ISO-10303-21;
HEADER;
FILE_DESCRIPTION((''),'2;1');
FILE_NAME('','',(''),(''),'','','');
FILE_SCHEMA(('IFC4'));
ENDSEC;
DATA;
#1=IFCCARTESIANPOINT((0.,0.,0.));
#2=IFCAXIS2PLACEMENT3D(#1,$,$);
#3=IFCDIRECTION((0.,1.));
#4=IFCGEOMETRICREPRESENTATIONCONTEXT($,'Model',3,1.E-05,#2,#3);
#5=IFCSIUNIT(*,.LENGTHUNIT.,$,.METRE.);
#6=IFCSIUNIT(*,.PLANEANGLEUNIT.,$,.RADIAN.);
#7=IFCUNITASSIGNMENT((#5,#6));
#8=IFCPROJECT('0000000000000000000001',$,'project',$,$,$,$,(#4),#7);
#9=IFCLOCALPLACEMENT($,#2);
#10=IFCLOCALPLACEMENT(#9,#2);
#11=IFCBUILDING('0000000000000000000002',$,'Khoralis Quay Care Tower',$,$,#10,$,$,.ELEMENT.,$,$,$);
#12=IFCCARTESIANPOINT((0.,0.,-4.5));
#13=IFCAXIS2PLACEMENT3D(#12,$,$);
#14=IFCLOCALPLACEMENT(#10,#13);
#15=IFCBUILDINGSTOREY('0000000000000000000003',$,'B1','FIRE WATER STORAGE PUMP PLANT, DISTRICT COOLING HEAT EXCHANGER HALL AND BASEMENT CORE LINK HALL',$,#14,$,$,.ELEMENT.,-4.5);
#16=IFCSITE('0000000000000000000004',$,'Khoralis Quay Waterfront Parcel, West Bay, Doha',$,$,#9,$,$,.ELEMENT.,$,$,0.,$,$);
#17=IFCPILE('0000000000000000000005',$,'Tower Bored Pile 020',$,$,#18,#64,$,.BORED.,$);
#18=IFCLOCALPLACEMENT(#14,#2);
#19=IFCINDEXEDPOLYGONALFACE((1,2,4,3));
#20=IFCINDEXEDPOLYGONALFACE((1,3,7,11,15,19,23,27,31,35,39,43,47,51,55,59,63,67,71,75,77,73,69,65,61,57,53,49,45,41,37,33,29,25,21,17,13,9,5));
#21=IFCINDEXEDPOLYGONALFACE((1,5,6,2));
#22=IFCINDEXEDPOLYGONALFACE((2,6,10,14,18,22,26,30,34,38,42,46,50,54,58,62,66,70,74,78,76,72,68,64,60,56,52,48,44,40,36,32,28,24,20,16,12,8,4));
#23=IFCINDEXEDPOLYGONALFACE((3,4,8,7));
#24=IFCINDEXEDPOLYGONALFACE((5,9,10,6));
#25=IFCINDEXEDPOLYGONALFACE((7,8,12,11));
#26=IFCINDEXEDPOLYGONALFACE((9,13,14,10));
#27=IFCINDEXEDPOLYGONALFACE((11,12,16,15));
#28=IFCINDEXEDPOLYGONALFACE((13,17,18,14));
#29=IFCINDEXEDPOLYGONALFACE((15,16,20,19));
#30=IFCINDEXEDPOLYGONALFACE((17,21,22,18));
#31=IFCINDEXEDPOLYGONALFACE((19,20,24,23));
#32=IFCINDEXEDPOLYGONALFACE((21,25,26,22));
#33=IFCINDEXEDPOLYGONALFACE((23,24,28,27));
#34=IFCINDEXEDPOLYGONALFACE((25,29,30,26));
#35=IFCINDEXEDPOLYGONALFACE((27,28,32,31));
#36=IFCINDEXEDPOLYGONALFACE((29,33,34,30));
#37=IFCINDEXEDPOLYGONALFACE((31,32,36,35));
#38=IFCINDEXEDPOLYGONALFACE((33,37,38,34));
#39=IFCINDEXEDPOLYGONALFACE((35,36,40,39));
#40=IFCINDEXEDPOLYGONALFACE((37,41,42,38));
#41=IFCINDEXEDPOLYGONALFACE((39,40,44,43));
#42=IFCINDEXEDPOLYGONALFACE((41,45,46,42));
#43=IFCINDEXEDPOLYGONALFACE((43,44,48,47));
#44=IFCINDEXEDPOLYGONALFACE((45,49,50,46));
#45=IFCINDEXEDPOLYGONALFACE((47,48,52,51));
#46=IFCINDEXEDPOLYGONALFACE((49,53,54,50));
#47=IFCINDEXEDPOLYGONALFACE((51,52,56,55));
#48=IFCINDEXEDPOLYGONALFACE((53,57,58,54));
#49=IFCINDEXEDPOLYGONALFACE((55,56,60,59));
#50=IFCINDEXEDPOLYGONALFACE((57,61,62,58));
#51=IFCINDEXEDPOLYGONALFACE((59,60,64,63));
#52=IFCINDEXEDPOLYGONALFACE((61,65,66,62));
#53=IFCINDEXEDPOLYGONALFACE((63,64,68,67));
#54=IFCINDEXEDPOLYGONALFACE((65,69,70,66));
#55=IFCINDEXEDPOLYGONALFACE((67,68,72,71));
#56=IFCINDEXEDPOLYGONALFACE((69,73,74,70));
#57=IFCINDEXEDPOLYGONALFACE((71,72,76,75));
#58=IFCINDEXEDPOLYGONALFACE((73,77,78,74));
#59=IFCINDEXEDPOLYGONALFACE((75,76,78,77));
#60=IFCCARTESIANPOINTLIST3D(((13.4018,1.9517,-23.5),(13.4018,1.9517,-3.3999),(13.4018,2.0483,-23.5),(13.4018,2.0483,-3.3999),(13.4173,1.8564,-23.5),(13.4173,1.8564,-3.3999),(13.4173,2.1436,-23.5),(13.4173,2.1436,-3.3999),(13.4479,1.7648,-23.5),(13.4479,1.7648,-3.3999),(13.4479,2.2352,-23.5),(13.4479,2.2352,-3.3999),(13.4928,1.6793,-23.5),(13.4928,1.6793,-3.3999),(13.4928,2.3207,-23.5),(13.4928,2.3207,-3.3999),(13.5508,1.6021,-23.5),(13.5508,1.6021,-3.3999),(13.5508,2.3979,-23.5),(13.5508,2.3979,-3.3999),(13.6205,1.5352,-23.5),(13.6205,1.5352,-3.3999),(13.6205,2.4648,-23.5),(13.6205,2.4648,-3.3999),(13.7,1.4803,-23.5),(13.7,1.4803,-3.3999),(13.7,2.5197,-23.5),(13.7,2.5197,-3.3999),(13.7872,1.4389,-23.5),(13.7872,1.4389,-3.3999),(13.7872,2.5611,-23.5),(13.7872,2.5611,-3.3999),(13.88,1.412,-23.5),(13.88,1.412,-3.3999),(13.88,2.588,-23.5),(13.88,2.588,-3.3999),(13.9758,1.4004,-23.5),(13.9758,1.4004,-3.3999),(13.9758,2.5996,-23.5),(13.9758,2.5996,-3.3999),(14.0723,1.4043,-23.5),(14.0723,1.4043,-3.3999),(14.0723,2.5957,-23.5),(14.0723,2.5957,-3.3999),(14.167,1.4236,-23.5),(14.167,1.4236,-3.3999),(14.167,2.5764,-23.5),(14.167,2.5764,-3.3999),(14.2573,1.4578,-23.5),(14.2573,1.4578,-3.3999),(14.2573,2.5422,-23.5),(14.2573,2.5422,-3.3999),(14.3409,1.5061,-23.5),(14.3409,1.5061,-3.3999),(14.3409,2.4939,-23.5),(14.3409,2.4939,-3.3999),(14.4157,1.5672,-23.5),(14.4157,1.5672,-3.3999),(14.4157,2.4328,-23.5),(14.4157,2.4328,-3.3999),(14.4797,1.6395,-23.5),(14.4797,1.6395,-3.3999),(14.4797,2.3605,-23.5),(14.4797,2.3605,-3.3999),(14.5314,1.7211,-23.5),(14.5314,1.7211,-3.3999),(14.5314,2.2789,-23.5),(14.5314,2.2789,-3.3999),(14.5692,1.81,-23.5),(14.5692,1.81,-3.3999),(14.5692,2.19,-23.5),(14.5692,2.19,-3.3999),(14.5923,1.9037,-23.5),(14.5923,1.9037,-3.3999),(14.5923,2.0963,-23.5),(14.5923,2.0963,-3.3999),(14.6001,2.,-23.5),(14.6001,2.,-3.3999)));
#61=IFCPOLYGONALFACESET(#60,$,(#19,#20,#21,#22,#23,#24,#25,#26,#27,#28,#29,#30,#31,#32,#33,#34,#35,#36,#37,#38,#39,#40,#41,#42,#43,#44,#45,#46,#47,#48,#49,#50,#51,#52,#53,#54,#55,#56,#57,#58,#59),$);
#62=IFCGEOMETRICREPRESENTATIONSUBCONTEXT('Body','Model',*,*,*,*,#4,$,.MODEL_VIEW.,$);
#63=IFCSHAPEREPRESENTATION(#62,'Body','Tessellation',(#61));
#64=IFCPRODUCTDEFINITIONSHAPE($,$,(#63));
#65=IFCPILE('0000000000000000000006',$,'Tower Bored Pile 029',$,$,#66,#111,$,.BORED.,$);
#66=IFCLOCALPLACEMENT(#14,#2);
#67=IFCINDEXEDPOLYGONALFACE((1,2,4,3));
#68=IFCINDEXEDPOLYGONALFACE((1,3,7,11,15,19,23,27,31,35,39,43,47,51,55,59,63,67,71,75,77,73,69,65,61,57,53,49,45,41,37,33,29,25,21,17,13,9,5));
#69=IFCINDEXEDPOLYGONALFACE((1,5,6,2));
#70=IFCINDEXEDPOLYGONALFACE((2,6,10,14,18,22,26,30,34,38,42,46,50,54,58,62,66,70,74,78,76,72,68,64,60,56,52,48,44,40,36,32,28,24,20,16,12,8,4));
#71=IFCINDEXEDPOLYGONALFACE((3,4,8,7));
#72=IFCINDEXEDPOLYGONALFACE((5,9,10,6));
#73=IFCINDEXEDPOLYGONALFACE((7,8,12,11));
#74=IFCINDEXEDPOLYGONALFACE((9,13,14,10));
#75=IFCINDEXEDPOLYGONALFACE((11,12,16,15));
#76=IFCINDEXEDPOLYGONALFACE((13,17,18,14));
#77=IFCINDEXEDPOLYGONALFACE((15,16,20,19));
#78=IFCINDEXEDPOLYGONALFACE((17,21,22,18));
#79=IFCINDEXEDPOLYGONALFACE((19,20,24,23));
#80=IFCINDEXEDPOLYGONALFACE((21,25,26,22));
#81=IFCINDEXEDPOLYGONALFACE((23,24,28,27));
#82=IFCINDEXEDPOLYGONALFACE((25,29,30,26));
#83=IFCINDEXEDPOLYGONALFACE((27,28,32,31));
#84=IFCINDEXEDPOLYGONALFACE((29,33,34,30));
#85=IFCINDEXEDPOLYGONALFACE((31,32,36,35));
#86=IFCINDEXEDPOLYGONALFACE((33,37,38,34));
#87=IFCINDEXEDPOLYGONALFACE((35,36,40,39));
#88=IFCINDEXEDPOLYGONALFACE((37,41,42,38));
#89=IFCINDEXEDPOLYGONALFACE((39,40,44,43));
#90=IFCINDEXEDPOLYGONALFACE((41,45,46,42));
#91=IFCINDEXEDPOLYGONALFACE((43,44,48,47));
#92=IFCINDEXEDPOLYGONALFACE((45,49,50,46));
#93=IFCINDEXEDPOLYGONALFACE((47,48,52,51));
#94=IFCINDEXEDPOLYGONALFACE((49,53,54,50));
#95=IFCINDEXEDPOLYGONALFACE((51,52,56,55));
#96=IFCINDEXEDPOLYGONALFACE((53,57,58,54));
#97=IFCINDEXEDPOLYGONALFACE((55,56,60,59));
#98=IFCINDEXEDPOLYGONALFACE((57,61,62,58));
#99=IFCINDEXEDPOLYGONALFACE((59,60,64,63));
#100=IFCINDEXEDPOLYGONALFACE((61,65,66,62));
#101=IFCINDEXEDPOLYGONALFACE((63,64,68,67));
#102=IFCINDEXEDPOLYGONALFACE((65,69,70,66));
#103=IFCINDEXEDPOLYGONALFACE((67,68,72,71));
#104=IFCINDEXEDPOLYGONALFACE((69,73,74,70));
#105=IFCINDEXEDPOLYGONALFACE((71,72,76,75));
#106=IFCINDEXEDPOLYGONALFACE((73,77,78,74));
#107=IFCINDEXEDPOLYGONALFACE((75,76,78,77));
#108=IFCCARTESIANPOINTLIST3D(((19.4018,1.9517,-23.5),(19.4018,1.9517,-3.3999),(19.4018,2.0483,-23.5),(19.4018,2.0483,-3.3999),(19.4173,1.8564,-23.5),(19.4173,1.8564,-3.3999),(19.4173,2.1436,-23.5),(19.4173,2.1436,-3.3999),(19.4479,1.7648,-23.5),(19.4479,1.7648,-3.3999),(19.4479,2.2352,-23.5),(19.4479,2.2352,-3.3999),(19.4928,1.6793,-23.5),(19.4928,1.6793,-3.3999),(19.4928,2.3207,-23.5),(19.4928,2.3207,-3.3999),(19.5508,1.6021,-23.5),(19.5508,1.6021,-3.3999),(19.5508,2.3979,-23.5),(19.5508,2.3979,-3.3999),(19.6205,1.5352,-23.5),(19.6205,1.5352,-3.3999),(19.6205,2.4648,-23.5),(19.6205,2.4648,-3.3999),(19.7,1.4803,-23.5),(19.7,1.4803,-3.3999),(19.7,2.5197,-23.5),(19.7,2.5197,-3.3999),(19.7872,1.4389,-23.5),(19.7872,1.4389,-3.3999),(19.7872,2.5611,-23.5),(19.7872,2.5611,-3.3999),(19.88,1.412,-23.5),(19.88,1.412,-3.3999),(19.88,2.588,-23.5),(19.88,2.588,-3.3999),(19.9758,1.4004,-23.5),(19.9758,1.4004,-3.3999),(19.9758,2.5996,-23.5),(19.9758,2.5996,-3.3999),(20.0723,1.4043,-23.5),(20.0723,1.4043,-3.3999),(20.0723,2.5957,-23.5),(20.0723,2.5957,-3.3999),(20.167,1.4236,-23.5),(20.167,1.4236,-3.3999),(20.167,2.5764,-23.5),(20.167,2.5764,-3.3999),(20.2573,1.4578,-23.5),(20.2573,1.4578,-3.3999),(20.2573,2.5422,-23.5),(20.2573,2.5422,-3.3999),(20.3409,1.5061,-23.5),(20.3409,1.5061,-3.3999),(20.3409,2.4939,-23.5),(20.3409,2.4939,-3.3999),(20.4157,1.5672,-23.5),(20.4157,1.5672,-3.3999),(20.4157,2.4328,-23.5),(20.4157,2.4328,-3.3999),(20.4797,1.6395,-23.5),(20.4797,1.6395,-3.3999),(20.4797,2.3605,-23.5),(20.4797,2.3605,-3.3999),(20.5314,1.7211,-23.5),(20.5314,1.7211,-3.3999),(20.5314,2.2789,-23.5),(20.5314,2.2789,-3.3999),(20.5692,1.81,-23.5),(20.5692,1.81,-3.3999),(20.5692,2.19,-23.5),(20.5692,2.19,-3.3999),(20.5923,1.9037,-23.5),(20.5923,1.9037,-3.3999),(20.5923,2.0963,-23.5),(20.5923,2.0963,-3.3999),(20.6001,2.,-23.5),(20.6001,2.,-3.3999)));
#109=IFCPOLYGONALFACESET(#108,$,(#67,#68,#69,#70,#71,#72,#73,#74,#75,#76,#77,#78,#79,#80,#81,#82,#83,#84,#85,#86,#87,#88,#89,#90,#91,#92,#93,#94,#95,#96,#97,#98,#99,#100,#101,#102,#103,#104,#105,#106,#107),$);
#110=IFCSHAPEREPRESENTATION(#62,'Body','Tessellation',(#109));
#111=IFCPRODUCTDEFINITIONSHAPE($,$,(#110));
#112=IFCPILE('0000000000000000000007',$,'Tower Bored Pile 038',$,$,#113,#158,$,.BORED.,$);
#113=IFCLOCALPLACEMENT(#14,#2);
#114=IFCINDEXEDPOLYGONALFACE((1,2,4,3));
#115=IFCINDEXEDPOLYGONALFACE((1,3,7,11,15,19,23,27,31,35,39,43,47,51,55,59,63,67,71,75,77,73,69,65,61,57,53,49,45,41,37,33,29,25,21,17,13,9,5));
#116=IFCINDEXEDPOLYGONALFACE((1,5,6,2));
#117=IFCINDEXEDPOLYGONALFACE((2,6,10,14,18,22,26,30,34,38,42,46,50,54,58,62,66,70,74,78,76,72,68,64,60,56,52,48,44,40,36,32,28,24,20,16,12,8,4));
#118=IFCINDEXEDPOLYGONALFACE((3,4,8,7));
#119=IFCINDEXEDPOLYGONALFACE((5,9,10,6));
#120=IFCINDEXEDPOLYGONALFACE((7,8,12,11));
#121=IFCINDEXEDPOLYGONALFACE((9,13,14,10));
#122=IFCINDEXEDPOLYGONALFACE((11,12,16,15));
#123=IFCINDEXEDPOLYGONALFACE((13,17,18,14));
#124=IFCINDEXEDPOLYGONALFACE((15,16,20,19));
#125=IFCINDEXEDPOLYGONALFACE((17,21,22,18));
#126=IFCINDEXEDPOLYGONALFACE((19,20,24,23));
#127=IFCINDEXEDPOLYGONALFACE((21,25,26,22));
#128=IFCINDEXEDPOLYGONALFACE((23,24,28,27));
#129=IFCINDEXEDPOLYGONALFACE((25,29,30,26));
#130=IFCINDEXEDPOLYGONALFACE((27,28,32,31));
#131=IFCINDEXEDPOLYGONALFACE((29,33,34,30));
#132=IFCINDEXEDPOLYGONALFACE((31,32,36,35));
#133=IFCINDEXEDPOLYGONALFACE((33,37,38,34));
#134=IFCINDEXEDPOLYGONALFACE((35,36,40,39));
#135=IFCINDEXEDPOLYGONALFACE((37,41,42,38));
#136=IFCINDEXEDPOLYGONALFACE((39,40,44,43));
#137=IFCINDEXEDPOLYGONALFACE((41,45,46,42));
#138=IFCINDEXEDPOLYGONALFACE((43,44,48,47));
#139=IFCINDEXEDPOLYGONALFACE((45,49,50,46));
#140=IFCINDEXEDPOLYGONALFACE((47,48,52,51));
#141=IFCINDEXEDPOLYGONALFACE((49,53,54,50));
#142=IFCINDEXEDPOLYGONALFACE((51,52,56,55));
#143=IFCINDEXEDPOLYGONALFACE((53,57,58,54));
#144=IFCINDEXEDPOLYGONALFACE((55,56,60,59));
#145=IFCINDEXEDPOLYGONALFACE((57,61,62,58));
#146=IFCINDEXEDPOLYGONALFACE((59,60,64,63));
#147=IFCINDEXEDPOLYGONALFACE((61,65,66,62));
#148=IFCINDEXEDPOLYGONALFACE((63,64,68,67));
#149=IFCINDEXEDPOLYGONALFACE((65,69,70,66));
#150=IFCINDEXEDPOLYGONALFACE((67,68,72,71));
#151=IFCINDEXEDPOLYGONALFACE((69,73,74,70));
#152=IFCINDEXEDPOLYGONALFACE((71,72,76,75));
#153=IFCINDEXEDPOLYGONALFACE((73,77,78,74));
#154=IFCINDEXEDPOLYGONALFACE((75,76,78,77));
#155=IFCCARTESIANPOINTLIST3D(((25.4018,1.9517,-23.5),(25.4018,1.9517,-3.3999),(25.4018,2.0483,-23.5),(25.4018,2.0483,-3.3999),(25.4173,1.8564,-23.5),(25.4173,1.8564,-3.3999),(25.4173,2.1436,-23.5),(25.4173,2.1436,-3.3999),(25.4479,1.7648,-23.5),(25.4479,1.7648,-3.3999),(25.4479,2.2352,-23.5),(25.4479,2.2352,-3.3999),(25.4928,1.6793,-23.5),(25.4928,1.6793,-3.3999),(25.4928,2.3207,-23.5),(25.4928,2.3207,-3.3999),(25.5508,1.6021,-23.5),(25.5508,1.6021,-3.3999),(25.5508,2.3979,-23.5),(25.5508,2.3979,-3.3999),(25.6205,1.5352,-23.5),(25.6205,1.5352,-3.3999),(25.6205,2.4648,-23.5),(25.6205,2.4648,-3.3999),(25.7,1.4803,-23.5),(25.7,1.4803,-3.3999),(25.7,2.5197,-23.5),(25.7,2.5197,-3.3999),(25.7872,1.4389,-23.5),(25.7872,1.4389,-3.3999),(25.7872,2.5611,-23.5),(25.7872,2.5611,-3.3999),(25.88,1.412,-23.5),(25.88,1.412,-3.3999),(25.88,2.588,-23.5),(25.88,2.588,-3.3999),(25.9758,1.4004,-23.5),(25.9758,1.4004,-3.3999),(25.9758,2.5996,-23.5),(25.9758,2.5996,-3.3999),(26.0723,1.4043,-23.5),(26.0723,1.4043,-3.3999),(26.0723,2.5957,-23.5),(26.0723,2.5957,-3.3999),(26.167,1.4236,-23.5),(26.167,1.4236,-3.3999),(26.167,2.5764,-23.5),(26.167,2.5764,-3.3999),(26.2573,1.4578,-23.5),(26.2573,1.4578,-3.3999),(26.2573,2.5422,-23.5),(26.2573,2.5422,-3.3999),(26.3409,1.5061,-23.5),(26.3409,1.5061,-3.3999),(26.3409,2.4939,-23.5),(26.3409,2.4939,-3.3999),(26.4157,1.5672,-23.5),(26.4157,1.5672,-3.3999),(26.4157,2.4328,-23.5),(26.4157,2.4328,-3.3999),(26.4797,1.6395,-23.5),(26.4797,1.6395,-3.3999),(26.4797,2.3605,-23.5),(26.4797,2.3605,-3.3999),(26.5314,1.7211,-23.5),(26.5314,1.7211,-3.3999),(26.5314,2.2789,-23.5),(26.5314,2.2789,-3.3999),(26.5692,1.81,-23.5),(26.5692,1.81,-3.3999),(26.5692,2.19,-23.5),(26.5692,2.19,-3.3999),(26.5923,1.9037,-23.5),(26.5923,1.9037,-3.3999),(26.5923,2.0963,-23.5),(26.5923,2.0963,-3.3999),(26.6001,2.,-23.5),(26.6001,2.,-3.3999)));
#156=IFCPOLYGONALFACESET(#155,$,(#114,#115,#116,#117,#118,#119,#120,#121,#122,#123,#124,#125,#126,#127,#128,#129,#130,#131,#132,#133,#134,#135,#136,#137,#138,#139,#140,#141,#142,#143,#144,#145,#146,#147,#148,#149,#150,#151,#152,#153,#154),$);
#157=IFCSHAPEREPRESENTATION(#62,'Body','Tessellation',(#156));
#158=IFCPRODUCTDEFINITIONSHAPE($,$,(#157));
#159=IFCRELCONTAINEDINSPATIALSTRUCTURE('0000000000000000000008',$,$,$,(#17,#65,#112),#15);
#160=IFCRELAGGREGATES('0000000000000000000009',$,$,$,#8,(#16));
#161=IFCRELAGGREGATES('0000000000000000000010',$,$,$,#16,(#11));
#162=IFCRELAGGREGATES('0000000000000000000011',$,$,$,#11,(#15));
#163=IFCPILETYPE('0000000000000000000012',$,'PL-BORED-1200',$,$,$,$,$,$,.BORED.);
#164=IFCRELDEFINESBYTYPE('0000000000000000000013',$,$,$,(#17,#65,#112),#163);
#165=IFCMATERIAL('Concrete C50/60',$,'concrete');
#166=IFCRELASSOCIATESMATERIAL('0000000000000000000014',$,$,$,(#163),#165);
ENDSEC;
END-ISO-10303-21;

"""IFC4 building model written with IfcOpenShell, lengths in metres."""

from ifc_helpers import new_model, si_unit, direction, frame, origin, origin_2d, place, context, subcontext, project, spatial, circle, extrude, source, transform, mapped, material, material_profile, profile_set, type_object, element, save


model = new_model("IFC4")

# Units and contexts
model_context = context("Model", 3, precision=1e-05, world=origin(), true_north=direction((0.0, 1.0)))
body_context = subcontext(model_context, "Body", "Model", "MODEL_VIEW")
ifc_project = project(units=[si_unit("LENGTHUNIT", "METRE"), si_unit("PLANEANGLEUNIT", "RADIAN")], contexts=[model_context])

# Site, building, storey
site_placement = place(None, origin())
site = spatial("IfcSite", under=ifc_project, at=site_placement, Name="Khoralis Quay Waterfront Parcel, West Bay, Doha", CompositionType="ELEMENT", RefElevation=0.0)
building_placement = place(site_placement, origin())
building = spatial("IfcBuilding", under=site, at=building_placement, Name="Khoralis Quay Care Tower", CompositionType="ELEMENT")
storey_placement = place(building_placement, frame((0.0, 0.0, -4.5)))
storey = spatial("IfcBuildingStorey", under=building, at=storey_placement, Name="B1", Description="FIRE WATER STORAGE PUMP PLANT, DISTRICT COOLING HEAT EXCHANGER HALL AND BASEMENT CORE LINK HALL", CompositionType="ELEMENT", Elevation=-4.5)

# Piles
ifc_material_1 = material(Name="Concrete C50/60", Category="concrete")
ifc_material_profile_1 = material_profile(ifc_material_1, circle(Radius=0.6001, at=origin_2d()), Name="Concrete C50/60")
ifc_profile_set_1 = profile_set([ifc_material_profile_1], Name="Concrete C50/60")
pile_type_1 = type_object("IfcPileType", Name="PL-BORED-1200", PredefinedType="BORED", material=ifc_profile_set_1)
shared_shape_1 = source(origin(), body_context, "Body", "SweptSolid", [
    extrude(circle(Radius=0.6001, at=origin_2d()), origin(), (0.0, 0.0, 1.0), 20.1001),
])
for number, where, z_axis, x_axis, name in (
    (1, (14.0, 2.0, -3.3999), (0.0, 0.0, -1.0), (1.0, 0.0, 0.0), "Tower Bored Pile 020"),
    (2, (20.0, 2.0, -3.3999), (0.0, 0.0, -1.0), (1.0, 0.0, 0.0), "Tower Bored Pile 029"),
    (3, (26.0, 2.0, -3.3999), (0.0, 0.0, -1.0), (1.0, 0.0, 0.0), "Tower Bored Pile 038"),
):
    element("IfcPile", number, at=place(storey_placement, frame(where, z_axis=z_axis, x_axis=x_axis)), inside=storey, type_object=pile_type_1, Name=name, PredefinedType="BORED", context=body_context, shape_type="MappedRepresentation", body=[
        mapped(shared_shape_1, transform((0.0, 0.0, 0.0), scale=1.0)),
    ])

save(model, "model.ifc")
